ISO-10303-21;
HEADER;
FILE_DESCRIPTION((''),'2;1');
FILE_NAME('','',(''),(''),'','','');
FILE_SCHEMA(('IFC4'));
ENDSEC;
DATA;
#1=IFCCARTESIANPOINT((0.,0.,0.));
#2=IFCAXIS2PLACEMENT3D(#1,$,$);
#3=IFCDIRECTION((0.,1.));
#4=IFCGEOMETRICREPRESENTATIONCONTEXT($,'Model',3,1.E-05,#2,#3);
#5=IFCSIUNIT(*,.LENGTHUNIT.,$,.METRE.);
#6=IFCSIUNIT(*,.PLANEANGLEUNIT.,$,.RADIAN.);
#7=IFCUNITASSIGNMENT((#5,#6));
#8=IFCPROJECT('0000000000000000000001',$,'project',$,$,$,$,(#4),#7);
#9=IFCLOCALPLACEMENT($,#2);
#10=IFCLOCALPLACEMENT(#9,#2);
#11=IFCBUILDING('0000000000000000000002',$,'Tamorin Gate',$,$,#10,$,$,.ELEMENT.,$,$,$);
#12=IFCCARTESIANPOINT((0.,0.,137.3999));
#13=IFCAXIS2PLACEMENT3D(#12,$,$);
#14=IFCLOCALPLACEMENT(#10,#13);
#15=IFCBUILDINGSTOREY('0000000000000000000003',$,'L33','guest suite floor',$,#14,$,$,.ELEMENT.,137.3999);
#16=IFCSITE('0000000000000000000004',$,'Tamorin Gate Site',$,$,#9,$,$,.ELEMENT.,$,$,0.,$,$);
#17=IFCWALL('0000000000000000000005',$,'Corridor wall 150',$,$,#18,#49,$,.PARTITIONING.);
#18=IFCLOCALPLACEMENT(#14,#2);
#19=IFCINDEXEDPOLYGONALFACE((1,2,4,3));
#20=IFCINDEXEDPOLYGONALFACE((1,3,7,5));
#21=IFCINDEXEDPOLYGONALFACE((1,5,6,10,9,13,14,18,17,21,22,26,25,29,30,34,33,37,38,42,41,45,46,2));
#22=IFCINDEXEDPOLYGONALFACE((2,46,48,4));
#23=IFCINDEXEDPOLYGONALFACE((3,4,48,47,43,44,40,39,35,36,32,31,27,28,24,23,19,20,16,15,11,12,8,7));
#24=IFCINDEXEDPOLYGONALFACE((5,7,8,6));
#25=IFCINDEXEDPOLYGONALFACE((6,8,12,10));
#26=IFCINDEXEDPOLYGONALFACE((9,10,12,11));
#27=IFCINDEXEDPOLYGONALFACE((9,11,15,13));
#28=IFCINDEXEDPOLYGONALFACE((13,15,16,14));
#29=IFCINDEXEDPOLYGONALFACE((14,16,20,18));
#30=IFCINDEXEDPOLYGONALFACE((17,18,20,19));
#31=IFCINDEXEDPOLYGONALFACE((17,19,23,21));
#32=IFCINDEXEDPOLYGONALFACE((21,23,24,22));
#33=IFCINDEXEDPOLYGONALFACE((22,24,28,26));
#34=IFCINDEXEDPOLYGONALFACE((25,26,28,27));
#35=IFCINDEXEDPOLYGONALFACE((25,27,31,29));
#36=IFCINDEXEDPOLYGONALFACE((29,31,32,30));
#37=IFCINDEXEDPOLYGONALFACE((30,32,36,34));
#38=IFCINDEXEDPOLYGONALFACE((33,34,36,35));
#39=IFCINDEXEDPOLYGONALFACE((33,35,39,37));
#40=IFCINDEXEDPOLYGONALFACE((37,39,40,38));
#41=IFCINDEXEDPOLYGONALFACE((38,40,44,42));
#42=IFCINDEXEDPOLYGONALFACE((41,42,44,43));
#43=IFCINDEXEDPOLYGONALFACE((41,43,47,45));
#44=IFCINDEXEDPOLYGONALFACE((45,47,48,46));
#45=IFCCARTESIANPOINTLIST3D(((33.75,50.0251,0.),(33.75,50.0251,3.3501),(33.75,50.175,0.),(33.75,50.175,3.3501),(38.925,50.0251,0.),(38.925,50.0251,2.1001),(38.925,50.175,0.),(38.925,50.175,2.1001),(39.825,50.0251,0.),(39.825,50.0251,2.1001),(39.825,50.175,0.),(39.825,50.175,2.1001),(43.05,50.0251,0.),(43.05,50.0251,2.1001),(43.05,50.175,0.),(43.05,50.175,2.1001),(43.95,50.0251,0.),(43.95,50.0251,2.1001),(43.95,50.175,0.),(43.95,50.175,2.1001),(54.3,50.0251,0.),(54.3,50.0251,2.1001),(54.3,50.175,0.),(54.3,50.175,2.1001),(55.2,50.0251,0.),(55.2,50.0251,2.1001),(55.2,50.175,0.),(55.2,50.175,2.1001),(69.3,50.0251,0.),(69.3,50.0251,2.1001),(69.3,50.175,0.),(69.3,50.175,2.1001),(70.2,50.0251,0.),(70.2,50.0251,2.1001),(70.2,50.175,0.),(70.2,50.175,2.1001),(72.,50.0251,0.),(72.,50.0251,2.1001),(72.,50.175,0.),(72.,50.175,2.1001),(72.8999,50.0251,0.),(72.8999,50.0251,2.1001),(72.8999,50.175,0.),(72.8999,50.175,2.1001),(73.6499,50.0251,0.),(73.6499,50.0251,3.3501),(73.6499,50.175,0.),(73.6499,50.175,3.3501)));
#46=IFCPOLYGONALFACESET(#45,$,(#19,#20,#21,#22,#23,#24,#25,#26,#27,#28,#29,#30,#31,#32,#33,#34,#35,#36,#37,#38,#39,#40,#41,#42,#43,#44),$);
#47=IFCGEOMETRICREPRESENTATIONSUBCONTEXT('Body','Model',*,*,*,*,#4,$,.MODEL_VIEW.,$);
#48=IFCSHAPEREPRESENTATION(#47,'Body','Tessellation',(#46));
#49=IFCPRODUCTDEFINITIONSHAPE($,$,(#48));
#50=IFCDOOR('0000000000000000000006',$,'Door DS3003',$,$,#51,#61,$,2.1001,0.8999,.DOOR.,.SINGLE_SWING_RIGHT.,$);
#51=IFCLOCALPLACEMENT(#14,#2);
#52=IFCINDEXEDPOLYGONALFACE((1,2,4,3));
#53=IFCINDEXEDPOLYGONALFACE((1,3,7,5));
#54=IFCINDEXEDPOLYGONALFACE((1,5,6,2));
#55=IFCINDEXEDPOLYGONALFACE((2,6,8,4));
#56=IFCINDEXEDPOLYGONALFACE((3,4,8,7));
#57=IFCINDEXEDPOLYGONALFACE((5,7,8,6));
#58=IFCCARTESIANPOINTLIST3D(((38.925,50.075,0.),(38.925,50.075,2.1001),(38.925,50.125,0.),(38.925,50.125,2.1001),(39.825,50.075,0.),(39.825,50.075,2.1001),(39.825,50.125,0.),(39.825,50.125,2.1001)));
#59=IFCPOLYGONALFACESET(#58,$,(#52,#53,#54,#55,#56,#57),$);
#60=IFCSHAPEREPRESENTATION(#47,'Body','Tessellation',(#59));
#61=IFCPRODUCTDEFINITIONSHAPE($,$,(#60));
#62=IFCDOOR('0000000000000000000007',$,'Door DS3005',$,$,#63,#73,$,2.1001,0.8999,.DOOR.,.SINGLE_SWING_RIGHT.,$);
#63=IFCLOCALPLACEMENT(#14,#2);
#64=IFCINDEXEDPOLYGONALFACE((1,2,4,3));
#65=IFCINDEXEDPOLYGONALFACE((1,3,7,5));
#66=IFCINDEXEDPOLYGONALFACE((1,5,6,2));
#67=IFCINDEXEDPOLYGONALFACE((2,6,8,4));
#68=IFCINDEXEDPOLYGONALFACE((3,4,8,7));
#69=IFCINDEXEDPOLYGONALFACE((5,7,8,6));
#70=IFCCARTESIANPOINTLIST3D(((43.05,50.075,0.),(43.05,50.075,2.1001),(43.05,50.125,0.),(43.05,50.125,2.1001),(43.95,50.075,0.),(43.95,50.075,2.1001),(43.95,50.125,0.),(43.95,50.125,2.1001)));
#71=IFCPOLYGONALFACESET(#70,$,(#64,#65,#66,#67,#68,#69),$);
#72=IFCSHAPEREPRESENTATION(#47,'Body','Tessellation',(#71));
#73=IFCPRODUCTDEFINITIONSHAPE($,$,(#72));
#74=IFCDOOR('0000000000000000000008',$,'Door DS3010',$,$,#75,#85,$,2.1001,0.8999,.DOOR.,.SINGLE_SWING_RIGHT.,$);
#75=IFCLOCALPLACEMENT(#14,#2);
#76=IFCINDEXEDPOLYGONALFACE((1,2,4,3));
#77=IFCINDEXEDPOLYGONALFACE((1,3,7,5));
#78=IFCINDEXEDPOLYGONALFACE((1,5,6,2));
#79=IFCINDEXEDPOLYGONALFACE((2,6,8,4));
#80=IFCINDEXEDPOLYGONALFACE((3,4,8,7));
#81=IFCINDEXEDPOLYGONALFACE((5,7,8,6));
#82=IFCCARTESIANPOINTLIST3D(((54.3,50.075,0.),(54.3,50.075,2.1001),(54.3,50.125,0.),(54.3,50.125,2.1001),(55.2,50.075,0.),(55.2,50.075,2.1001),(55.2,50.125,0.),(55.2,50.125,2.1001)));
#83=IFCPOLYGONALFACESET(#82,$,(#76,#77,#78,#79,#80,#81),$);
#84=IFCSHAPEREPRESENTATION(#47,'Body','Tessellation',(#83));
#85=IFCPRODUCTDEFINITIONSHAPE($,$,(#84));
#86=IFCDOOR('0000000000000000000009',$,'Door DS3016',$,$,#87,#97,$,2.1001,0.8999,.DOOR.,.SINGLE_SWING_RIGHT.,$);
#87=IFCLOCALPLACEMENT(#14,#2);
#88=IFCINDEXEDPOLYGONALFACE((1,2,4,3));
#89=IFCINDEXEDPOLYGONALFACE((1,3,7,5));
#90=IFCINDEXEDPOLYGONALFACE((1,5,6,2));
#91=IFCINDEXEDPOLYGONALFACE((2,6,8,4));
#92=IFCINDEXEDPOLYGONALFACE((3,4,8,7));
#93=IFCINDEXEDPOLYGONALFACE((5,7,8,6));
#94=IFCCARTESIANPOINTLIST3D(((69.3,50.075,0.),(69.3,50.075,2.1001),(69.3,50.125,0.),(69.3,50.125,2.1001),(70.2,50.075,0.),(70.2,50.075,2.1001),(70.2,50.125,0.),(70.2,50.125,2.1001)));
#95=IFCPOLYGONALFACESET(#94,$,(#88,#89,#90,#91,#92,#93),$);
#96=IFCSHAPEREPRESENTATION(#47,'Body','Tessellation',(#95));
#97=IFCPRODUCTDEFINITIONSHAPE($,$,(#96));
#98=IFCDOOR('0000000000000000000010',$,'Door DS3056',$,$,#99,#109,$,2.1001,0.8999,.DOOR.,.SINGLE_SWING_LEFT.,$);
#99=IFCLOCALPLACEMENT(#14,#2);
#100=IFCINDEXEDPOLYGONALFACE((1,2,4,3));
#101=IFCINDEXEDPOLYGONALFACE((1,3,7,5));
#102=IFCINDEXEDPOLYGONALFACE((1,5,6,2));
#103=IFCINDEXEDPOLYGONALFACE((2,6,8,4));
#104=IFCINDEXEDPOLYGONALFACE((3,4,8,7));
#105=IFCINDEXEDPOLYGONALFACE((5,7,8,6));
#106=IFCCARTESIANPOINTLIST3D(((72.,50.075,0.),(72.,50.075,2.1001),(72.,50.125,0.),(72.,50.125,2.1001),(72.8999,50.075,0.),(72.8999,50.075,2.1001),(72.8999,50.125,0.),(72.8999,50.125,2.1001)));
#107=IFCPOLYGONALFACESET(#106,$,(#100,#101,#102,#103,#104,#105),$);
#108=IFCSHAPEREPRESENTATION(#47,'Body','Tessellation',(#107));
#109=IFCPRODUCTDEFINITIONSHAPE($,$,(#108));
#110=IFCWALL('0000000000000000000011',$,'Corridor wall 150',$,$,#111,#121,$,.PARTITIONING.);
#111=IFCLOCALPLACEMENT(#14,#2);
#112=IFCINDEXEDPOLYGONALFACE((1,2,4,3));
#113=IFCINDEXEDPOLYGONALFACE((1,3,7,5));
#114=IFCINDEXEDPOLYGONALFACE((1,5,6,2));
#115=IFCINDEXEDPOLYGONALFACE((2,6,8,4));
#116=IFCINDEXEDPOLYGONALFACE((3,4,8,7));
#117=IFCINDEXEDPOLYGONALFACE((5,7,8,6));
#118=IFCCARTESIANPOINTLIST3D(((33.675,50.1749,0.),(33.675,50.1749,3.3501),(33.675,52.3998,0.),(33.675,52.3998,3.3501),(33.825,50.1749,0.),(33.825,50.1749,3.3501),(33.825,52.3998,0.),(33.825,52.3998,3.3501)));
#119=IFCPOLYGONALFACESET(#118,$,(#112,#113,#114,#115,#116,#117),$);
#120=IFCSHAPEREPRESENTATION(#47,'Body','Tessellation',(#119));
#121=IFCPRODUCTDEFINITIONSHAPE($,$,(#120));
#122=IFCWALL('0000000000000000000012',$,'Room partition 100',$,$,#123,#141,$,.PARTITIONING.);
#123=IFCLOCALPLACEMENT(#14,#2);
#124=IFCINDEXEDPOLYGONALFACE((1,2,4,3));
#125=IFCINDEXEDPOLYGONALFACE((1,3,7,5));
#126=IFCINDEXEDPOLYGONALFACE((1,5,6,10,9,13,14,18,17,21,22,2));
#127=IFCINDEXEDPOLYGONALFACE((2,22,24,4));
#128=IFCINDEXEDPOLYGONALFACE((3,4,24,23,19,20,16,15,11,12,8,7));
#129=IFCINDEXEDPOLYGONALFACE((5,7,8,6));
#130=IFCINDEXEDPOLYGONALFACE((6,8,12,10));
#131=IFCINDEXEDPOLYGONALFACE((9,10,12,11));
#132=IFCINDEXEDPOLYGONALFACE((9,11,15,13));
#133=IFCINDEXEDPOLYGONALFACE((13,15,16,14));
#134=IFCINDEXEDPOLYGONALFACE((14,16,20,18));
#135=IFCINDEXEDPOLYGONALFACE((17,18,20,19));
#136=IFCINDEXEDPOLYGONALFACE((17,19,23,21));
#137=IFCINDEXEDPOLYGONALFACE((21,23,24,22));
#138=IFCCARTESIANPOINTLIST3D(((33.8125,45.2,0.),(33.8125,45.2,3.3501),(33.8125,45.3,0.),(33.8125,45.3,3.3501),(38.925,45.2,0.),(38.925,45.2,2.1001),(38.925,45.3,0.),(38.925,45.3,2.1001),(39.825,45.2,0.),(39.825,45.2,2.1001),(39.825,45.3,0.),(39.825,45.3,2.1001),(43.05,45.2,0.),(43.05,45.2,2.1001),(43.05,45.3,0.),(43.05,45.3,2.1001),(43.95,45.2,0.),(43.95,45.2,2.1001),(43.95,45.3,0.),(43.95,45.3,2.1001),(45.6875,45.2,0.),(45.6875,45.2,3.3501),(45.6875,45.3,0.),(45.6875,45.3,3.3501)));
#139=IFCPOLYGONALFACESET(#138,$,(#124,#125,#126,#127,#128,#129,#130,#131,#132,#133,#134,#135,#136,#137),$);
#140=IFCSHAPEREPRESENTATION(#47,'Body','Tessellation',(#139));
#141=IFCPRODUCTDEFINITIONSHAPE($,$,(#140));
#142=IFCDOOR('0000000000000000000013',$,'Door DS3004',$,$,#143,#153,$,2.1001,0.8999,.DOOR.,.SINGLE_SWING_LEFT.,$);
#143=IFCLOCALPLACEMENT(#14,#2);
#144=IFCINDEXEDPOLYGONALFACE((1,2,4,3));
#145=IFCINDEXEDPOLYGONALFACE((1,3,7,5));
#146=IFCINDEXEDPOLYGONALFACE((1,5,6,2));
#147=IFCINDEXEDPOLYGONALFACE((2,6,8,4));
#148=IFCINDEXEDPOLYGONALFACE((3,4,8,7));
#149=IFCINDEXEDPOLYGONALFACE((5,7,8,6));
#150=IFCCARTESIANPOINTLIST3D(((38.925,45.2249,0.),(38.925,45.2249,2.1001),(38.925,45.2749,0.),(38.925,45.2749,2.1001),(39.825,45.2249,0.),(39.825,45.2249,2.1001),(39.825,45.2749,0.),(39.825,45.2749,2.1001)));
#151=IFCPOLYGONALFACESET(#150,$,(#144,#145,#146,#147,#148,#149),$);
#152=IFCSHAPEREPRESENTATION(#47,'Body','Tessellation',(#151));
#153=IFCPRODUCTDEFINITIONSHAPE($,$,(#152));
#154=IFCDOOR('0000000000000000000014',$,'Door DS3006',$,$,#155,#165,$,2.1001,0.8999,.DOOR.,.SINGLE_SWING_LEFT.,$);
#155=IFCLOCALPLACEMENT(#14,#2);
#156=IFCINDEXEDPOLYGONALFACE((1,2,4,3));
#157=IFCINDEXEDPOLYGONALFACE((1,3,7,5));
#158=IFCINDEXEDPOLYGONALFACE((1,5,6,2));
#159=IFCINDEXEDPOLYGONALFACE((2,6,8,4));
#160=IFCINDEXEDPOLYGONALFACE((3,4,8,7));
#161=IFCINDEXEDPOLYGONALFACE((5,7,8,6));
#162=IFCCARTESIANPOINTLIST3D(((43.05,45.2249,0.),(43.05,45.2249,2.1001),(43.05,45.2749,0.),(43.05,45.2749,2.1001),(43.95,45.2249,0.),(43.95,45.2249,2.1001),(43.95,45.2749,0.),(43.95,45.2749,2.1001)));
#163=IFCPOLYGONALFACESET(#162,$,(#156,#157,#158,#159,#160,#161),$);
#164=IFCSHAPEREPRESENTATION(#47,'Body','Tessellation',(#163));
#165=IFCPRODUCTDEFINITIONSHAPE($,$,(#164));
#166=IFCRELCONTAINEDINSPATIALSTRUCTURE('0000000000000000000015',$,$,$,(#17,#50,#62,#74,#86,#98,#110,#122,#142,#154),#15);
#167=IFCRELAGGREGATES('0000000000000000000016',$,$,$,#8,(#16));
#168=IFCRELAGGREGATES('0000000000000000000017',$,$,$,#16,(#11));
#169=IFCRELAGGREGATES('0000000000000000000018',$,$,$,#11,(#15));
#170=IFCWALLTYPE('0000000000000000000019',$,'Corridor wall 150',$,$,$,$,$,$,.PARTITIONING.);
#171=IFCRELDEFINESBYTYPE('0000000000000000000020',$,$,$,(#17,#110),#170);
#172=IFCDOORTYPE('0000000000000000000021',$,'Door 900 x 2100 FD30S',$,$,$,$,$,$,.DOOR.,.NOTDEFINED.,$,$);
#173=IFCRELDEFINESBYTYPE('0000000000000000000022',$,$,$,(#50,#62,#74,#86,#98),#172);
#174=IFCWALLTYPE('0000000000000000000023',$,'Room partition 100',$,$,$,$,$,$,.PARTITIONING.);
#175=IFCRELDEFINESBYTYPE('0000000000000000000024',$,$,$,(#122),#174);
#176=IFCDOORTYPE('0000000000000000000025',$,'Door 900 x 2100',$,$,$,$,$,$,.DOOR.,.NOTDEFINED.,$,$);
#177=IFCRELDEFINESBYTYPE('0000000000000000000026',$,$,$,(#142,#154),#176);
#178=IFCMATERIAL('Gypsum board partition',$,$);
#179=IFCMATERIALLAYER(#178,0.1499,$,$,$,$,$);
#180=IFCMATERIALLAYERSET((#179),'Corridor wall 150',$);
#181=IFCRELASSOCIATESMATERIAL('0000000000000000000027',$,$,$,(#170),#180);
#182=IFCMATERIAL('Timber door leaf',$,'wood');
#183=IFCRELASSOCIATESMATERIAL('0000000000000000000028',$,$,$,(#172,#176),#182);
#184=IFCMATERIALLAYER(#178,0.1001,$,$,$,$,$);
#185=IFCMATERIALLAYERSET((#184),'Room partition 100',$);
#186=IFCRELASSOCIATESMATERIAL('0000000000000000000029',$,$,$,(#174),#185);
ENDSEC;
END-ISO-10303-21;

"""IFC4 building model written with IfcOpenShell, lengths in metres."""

from ifc_helpers import new_model, si_unit, direction, frame, frame_2d, origin, place, context, subcontext, project, spatial, rectangle, extrude, material, layer, layer_set, type_object, element, fill, save


model = new_model("IFC4")

# Units and contexts
model_context = context("Model", 3, precision=1e-05, world=origin(), true_north=direction((0.0, 1.0)))
body_context = subcontext(model_context, "Body", "Model", "MODEL_VIEW")
ifc_project = project(units=[si_unit("LENGTHUNIT", "METRE"), si_unit("PLANEANGLEUNIT", "RADIAN")], contexts=[model_context])

# Site, building, storey
site_placement = place(None, origin())
site = spatial("IfcSite", under=ifc_project, at=site_placement, Name="Tamorin Gate Site", CompositionType="ELEMENT", RefElevation=0.0)
building_placement = place(site_placement, origin())
building = spatial("IfcBuilding", under=site, at=building_placement, Name="Tamorin Gate", CompositionType="ELEMENT")
storey_placement = place(building_placement, frame((0.0, 0.0, 137.3999)))
storey = spatial("IfcBuildingStorey", under=building, at=storey_placement, Name="L33", Description="guest suite floor", CompositionType="ELEMENT", Elevation=137.3999)

# Wall, openings, doors
ifc_material_1 = material(Name="Gypsum board partition")
ifc_layer_1 = layer(ifc_material_1, 0.1499)
ifc_layer_set_1 = layer_set([ifc_layer_1], Name="Corridor wall 150")
wall_type_1 = type_object("IfcWallType", Name="Corridor wall 150", PredefinedType="PARTITIONING", material=ifc_layer_set_1)
wall_1_placement = place(storey_placement, frame((33.75, 50.1001, 0.0), z_axis=(0.0, 0.0, 1.0), x_axis=(1.0, 0.0, 0.0)))
wall_1 = element("IfcWall", 1, at=wall_1_placement, inside=storey, type_object=wall_type_1, Name="Corridor wall 150", PredefinedType="PARTITIONING", context=body_context, shape_type="SweptSolid", body=[
    extrude(rectangle(XDim=39.8999, YDim=0.1499, at=frame_2d((19.95, 0.0))), origin(), (0.0, 0.0, 1.0), 3.3501),
])
opening_1_placement = place(wall_1_placement, frame((5.175, 0.0, 0.0)))
opening_1 = element("IfcOpeningElement", 2, at=opening_1_placement, cuts=wall_1, PredefinedType="OPENING", context=body_context, shape_type="SweptSolid", body=[
    extrude(rectangle(XDim=0.8999, YDim=2.1001, at=frame_2d((0.45, 1.05))), frame((0.0, 0.085, 0.0), z_axis=(0.0, -1.0, 0.0), x_axis=(1.0, 0.0, 0.0)), (0.0, 0.0, 1.0), 0.1699),
])
opening_2_placement = place(wall_1_placement, frame((9.3, 0.0, 0.0)))
opening_2 = element("IfcOpeningElement", 3, at=opening_2_placement, cuts=wall_1, PredefinedType="OPENING", context=body_context, shape_type="SweptSolid", body=[
    extrude(rectangle(XDim=0.8999, YDim=2.1001, at=frame_2d((0.45, 1.05))), frame((0.0, 0.085, 0.0), z_axis=(0.0, -1.0, 0.0), x_axis=(1.0, 0.0, 0.0)), (0.0, 0.0, 1.0), 0.1699),
])
opening_3_placement = place(wall_1_placement, frame((20.55, 0.0, 0.0)))
opening_3 = element("IfcOpeningElement", 4, at=opening_3_placement, cuts=wall_1, PredefinedType="OPENING", context=body_context, shape_type="SweptSolid", body=[
    extrude(rectangle(XDim=0.8999, YDim=2.1001, at=frame_2d((0.45, 1.05))), frame((0.0, 0.085, 0.0), z_axis=(0.0, -1.0, 0.0), x_axis=(1.0, 0.0, 0.0)), (0.0, 0.0, 1.0), 0.1699),
])
opening_4_placement = place(wall_1_placement, frame((35.55, 0.0, 0.0)))
opening_4 = element("IfcOpeningElement", 5, at=opening_4_placement, cuts=wall_1, PredefinedType="OPENING", context=body_context, shape_type="SweptSolid", body=[
    extrude(rectangle(XDim=0.8999, YDim=2.1001, at=frame_2d((0.45, 1.05))), frame((0.0, 0.085, 0.0), z_axis=(0.0, -1.0, 0.0), x_axis=(1.0, 0.0, 0.0)), (0.0, 0.0, 1.0), 0.1699),
])
opening_5_placement = place(wall_1_placement, frame((38.25, 0.0, 0.0)))
opening_5 = element("IfcOpeningElement", 6, at=opening_5_placement, cuts=wall_1, PredefinedType="OPENING", context=body_context, shape_type="SweptSolid", body=[
    extrude(rectangle(XDim=0.8999, YDim=2.1001, at=frame_2d((0.45, 1.05))), frame((0.0, 0.085, 0.0), z_axis=(0.0, -1.0, 0.0), x_axis=(1.0, 0.0, 0.0)), (0.0, 0.0, 1.0), 0.1699),
])
ifc_material_2 = material(Name="Timber door leaf", Category="wood")
door_type_1 = type_object("IfcDoorType", Name="Door 900 x 2100 FD30S", OperationType="NOTDEFINED", PredefinedType="DOOR", material=ifc_material_2)
door_1_placement = place(opening_1_placement, origin())
door_1 = element("IfcDoor", 7, at=door_1_placement, inside=storey, type_object=door_type_1, Name="Door DS3003", OperationType="SINGLE_SWING_RIGHT", OverallHeight=2.1001, OverallWidth=0.8999, PredefinedType="DOOR", context=body_context, shape_type="SweptSolid", body=[
    extrude(rectangle(XDim=0.8999, YDim=2.1001, at=frame_2d((0.45, 1.05))), frame((0.0, 0.0249, 0.0), z_axis=(0.0, -1.0, 0.0), x_axis=(1.0, 0.0, 0.0)), (0.0, 0.0, 1.0), 0.05),
])
fill(opening_1, door_1)
door_2_placement = place(opening_2_placement, origin())
door_2 = element("IfcDoor", 8, at=door_2_placement, inside=storey, type_object=door_type_1, Name="Door DS3005", OperationType="SINGLE_SWING_RIGHT", OverallHeight=2.1001, OverallWidth=0.8999, PredefinedType="DOOR", context=body_context, shape_type="SweptSolid", body=[
    extrude(rectangle(XDim=0.8999, YDim=2.1001, at=frame_2d((0.45, 1.05))), frame((0.0, 0.0249, 0.0), z_axis=(0.0, -1.0, 0.0), x_axis=(1.0, 0.0, 0.0)), (0.0, 0.0, 1.0), 0.05),
])
fill(opening_2, door_2)
door_3_placement = place(opening_3_placement, origin())
door_3 = element("IfcDoor", 9, at=door_3_placement, inside=storey, type_object=door_type_1, Name="Door DS3010", OperationType="SINGLE_SWING_RIGHT", OverallHeight=2.1001, OverallWidth=0.8999, PredefinedType="DOOR", context=body_context, shape_type="SweptSolid", body=[
    extrude(rectangle(XDim=0.8999, YDim=2.1001, at=frame_2d((0.45, 1.05))), frame((0.0, 0.0249, 0.0), z_axis=(0.0, -1.0, 0.0), x_axis=(1.0, 0.0, 0.0)), (0.0, 0.0, 1.0), 0.05),
])
fill(opening_3, door_3)
door_4_placement = place(opening_4_placement, origin())
door_4 = element("IfcDoor", 10, at=door_4_placement, inside=storey, type_object=door_type_1, Name="Door DS3016", OperationType="SINGLE_SWING_RIGHT", OverallHeight=2.1001, OverallWidth=0.8999, PredefinedType="DOOR", context=body_context, shape_type="SweptSolid", body=[
    extrude(rectangle(XDim=0.8999, YDim=2.1001, at=frame_2d((0.45, 1.05))), frame((0.0, 0.0249, 0.0), z_axis=(0.0, -1.0, 0.0), x_axis=(1.0, 0.0, 0.0)), (0.0, 0.0, 1.0), 0.05),
])
fill(opening_4, door_4)
door_5_placement = place(opening_5_placement, origin())
door_5 = element("IfcDoor", 11, at=door_5_placement, inside=storey, type_object=door_type_1, Name="Door DS3056", OperationType="SINGLE_SWING_LEFT", OverallHeight=2.1001, OverallWidth=0.8999, PredefinedType="DOOR", context=body_context, shape_type="SweptSolid", body=[
    extrude(rectangle(XDim=0.8999, YDim=2.1001, at=frame_2d((0.45, 1.05))), frame((0.0, 0.0249, 0.0), z_axis=(0.0, -1.0, 0.0), x_axis=(1.0, 0.0, 0.0)), (0.0, 0.0, 1.0), 0.05),
])
fill(opening_5, door_5)

# Wall
wall_2_placement = place(storey_placement, frame((33.75, 50.175, 0.0), z_axis=(0.0, 0.0, 1.0), x_axis=(0.0, 1.0, 0.0)))
element("IfcWall", 12, at=wall_2_placement, inside=storey, type_object=wall_type_1, Name="Corridor wall 150", PredefinedType="PARTITIONING", context=body_context, shape_type="SweptSolid", body=[
    extrude(rectangle(XDim=2.2249, YDim=0.1499, at=frame_2d((1.1123, 0.0))), origin(), (0.0, 0.0, 1.0), 3.3501),
])

# Wall, openings, doors
ifc_layer_2 = layer(ifc_material_1, 0.1001)
ifc_layer_set_2 = layer_set([ifc_layer_2], Name="Room partition 100")
wall_type_2 = type_object("IfcWallType", Name="Room partition 100", PredefinedType="PARTITIONING", material=ifc_layer_set_2)
wall_3_placement = place(storey_placement, frame((33.8125, 45.25, 0.0), z_axis=(0.0, 0.0, 1.0), x_axis=(1.0, 0.0, 0.0)))
wall_3 = element("IfcWall", 13, at=wall_3_placement, inside=storey, type_object=wall_type_2, Name="Room partition 100", PredefinedType="PARTITIONING", context=body_context, shape_type="SweptSolid", body=[
    extrude(rectangle(XDim=11.875, YDim=0.1001, at=frame_2d((5.9375, 0.0))), origin(), (0.0, 0.0, 1.0), 3.3501),
])
opening_6_placement = place(wall_3_placement, frame((5.1125, 0.0, 0.0)))
opening_6 = element("IfcOpeningElement", 14, at=opening_6_placement, cuts=wall_3, PredefinedType="OPENING", context=body_context, shape_type="SweptSolid", body=[
    extrude(rectangle(XDim=0.8999, YDim=2.1001, at=frame_2d((0.45, 1.05))), frame((0.0, 0.0601, 0.0), z_axis=(0.0, -1.0, 0.0), x_axis=(1.0, 0.0, 0.0)), (0.0, 0.0, 1.0), 0.1201),
])
opening_7_placement = place(wall_3_placement, frame((9.2375, 0.0, 0.0)))
opening_7 = element("IfcOpeningElement", 15, at=opening_7_placement, cuts=wall_3, PredefinedType="OPENING", context=body_context, shape_type="SweptSolid", body=[
    extrude(rectangle(XDim=0.8999, YDim=2.1001, at=frame_2d((0.45, 1.05))), frame((0.0, 0.0601, 0.0), z_axis=(0.0, -1.0, 0.0), x_axis=(1.0, 0.0, 0.0)), (0.0, 0.0, 1.0), 0.1201),
])
door_type_2 = type_object("IfcDoorType", Name="Door 900 x 2100", OperationType="NOTDEFINED", PredefinedType="DOOR", material=ifc_material_2)
door_6_placement = place(opening_6_placement, origin())
door_6 = element("IfcDoor", 16, at=door_6_placement, inside=storey, type_object=door_type_2, Name="Door DS3004", OperationType="SINGLE_SWING_LEFT", OverallHeight=2.1001, OverallWidth=0.8999, PredefinedType="DOOR", context=body_context, shape_type="SweptSolid", body=[
    extrude(rectangle(XDim=0.8999, YDim=2.1001, at=frame_2d((0.45, 1.05))), frame((0.0, 0.0249, 0.0), z_axis=(0.0, -1.0, 0.0), x_axis=(1.0, 0.0, 0.0)), (0.0, 0.0, 1.0), 0.05),
])
fill(opening_6, door_6)
door_7_placement = place(opening_7_placement, origin())
door_7 = element("IfcDoor", 17, at=door_7_placement, inside=storey, type_object=door_type_2, Name="Door DS3006", OperationType="SINGLE_SWING_LEFT", OverallHeight=2.1001, OverallWidth=0.8999, PredefinedType="DOOR", context=body_context, shape_type="SweptSolid", body=[
    extrude(rectangle(XDim=0.8999, YDim=2.1001, at=frame_2d((0.45, 1.05))), frame((0.0, 0.0249, 0.0), z_axis=(0.0, -1.0, 0.0), x_axis=(1.0, 0.0, 0.0)), (0.0, 0.0, 1.0), 0.05),
])
fill(opening_7, door_7)

save(model, "model.ifc")
